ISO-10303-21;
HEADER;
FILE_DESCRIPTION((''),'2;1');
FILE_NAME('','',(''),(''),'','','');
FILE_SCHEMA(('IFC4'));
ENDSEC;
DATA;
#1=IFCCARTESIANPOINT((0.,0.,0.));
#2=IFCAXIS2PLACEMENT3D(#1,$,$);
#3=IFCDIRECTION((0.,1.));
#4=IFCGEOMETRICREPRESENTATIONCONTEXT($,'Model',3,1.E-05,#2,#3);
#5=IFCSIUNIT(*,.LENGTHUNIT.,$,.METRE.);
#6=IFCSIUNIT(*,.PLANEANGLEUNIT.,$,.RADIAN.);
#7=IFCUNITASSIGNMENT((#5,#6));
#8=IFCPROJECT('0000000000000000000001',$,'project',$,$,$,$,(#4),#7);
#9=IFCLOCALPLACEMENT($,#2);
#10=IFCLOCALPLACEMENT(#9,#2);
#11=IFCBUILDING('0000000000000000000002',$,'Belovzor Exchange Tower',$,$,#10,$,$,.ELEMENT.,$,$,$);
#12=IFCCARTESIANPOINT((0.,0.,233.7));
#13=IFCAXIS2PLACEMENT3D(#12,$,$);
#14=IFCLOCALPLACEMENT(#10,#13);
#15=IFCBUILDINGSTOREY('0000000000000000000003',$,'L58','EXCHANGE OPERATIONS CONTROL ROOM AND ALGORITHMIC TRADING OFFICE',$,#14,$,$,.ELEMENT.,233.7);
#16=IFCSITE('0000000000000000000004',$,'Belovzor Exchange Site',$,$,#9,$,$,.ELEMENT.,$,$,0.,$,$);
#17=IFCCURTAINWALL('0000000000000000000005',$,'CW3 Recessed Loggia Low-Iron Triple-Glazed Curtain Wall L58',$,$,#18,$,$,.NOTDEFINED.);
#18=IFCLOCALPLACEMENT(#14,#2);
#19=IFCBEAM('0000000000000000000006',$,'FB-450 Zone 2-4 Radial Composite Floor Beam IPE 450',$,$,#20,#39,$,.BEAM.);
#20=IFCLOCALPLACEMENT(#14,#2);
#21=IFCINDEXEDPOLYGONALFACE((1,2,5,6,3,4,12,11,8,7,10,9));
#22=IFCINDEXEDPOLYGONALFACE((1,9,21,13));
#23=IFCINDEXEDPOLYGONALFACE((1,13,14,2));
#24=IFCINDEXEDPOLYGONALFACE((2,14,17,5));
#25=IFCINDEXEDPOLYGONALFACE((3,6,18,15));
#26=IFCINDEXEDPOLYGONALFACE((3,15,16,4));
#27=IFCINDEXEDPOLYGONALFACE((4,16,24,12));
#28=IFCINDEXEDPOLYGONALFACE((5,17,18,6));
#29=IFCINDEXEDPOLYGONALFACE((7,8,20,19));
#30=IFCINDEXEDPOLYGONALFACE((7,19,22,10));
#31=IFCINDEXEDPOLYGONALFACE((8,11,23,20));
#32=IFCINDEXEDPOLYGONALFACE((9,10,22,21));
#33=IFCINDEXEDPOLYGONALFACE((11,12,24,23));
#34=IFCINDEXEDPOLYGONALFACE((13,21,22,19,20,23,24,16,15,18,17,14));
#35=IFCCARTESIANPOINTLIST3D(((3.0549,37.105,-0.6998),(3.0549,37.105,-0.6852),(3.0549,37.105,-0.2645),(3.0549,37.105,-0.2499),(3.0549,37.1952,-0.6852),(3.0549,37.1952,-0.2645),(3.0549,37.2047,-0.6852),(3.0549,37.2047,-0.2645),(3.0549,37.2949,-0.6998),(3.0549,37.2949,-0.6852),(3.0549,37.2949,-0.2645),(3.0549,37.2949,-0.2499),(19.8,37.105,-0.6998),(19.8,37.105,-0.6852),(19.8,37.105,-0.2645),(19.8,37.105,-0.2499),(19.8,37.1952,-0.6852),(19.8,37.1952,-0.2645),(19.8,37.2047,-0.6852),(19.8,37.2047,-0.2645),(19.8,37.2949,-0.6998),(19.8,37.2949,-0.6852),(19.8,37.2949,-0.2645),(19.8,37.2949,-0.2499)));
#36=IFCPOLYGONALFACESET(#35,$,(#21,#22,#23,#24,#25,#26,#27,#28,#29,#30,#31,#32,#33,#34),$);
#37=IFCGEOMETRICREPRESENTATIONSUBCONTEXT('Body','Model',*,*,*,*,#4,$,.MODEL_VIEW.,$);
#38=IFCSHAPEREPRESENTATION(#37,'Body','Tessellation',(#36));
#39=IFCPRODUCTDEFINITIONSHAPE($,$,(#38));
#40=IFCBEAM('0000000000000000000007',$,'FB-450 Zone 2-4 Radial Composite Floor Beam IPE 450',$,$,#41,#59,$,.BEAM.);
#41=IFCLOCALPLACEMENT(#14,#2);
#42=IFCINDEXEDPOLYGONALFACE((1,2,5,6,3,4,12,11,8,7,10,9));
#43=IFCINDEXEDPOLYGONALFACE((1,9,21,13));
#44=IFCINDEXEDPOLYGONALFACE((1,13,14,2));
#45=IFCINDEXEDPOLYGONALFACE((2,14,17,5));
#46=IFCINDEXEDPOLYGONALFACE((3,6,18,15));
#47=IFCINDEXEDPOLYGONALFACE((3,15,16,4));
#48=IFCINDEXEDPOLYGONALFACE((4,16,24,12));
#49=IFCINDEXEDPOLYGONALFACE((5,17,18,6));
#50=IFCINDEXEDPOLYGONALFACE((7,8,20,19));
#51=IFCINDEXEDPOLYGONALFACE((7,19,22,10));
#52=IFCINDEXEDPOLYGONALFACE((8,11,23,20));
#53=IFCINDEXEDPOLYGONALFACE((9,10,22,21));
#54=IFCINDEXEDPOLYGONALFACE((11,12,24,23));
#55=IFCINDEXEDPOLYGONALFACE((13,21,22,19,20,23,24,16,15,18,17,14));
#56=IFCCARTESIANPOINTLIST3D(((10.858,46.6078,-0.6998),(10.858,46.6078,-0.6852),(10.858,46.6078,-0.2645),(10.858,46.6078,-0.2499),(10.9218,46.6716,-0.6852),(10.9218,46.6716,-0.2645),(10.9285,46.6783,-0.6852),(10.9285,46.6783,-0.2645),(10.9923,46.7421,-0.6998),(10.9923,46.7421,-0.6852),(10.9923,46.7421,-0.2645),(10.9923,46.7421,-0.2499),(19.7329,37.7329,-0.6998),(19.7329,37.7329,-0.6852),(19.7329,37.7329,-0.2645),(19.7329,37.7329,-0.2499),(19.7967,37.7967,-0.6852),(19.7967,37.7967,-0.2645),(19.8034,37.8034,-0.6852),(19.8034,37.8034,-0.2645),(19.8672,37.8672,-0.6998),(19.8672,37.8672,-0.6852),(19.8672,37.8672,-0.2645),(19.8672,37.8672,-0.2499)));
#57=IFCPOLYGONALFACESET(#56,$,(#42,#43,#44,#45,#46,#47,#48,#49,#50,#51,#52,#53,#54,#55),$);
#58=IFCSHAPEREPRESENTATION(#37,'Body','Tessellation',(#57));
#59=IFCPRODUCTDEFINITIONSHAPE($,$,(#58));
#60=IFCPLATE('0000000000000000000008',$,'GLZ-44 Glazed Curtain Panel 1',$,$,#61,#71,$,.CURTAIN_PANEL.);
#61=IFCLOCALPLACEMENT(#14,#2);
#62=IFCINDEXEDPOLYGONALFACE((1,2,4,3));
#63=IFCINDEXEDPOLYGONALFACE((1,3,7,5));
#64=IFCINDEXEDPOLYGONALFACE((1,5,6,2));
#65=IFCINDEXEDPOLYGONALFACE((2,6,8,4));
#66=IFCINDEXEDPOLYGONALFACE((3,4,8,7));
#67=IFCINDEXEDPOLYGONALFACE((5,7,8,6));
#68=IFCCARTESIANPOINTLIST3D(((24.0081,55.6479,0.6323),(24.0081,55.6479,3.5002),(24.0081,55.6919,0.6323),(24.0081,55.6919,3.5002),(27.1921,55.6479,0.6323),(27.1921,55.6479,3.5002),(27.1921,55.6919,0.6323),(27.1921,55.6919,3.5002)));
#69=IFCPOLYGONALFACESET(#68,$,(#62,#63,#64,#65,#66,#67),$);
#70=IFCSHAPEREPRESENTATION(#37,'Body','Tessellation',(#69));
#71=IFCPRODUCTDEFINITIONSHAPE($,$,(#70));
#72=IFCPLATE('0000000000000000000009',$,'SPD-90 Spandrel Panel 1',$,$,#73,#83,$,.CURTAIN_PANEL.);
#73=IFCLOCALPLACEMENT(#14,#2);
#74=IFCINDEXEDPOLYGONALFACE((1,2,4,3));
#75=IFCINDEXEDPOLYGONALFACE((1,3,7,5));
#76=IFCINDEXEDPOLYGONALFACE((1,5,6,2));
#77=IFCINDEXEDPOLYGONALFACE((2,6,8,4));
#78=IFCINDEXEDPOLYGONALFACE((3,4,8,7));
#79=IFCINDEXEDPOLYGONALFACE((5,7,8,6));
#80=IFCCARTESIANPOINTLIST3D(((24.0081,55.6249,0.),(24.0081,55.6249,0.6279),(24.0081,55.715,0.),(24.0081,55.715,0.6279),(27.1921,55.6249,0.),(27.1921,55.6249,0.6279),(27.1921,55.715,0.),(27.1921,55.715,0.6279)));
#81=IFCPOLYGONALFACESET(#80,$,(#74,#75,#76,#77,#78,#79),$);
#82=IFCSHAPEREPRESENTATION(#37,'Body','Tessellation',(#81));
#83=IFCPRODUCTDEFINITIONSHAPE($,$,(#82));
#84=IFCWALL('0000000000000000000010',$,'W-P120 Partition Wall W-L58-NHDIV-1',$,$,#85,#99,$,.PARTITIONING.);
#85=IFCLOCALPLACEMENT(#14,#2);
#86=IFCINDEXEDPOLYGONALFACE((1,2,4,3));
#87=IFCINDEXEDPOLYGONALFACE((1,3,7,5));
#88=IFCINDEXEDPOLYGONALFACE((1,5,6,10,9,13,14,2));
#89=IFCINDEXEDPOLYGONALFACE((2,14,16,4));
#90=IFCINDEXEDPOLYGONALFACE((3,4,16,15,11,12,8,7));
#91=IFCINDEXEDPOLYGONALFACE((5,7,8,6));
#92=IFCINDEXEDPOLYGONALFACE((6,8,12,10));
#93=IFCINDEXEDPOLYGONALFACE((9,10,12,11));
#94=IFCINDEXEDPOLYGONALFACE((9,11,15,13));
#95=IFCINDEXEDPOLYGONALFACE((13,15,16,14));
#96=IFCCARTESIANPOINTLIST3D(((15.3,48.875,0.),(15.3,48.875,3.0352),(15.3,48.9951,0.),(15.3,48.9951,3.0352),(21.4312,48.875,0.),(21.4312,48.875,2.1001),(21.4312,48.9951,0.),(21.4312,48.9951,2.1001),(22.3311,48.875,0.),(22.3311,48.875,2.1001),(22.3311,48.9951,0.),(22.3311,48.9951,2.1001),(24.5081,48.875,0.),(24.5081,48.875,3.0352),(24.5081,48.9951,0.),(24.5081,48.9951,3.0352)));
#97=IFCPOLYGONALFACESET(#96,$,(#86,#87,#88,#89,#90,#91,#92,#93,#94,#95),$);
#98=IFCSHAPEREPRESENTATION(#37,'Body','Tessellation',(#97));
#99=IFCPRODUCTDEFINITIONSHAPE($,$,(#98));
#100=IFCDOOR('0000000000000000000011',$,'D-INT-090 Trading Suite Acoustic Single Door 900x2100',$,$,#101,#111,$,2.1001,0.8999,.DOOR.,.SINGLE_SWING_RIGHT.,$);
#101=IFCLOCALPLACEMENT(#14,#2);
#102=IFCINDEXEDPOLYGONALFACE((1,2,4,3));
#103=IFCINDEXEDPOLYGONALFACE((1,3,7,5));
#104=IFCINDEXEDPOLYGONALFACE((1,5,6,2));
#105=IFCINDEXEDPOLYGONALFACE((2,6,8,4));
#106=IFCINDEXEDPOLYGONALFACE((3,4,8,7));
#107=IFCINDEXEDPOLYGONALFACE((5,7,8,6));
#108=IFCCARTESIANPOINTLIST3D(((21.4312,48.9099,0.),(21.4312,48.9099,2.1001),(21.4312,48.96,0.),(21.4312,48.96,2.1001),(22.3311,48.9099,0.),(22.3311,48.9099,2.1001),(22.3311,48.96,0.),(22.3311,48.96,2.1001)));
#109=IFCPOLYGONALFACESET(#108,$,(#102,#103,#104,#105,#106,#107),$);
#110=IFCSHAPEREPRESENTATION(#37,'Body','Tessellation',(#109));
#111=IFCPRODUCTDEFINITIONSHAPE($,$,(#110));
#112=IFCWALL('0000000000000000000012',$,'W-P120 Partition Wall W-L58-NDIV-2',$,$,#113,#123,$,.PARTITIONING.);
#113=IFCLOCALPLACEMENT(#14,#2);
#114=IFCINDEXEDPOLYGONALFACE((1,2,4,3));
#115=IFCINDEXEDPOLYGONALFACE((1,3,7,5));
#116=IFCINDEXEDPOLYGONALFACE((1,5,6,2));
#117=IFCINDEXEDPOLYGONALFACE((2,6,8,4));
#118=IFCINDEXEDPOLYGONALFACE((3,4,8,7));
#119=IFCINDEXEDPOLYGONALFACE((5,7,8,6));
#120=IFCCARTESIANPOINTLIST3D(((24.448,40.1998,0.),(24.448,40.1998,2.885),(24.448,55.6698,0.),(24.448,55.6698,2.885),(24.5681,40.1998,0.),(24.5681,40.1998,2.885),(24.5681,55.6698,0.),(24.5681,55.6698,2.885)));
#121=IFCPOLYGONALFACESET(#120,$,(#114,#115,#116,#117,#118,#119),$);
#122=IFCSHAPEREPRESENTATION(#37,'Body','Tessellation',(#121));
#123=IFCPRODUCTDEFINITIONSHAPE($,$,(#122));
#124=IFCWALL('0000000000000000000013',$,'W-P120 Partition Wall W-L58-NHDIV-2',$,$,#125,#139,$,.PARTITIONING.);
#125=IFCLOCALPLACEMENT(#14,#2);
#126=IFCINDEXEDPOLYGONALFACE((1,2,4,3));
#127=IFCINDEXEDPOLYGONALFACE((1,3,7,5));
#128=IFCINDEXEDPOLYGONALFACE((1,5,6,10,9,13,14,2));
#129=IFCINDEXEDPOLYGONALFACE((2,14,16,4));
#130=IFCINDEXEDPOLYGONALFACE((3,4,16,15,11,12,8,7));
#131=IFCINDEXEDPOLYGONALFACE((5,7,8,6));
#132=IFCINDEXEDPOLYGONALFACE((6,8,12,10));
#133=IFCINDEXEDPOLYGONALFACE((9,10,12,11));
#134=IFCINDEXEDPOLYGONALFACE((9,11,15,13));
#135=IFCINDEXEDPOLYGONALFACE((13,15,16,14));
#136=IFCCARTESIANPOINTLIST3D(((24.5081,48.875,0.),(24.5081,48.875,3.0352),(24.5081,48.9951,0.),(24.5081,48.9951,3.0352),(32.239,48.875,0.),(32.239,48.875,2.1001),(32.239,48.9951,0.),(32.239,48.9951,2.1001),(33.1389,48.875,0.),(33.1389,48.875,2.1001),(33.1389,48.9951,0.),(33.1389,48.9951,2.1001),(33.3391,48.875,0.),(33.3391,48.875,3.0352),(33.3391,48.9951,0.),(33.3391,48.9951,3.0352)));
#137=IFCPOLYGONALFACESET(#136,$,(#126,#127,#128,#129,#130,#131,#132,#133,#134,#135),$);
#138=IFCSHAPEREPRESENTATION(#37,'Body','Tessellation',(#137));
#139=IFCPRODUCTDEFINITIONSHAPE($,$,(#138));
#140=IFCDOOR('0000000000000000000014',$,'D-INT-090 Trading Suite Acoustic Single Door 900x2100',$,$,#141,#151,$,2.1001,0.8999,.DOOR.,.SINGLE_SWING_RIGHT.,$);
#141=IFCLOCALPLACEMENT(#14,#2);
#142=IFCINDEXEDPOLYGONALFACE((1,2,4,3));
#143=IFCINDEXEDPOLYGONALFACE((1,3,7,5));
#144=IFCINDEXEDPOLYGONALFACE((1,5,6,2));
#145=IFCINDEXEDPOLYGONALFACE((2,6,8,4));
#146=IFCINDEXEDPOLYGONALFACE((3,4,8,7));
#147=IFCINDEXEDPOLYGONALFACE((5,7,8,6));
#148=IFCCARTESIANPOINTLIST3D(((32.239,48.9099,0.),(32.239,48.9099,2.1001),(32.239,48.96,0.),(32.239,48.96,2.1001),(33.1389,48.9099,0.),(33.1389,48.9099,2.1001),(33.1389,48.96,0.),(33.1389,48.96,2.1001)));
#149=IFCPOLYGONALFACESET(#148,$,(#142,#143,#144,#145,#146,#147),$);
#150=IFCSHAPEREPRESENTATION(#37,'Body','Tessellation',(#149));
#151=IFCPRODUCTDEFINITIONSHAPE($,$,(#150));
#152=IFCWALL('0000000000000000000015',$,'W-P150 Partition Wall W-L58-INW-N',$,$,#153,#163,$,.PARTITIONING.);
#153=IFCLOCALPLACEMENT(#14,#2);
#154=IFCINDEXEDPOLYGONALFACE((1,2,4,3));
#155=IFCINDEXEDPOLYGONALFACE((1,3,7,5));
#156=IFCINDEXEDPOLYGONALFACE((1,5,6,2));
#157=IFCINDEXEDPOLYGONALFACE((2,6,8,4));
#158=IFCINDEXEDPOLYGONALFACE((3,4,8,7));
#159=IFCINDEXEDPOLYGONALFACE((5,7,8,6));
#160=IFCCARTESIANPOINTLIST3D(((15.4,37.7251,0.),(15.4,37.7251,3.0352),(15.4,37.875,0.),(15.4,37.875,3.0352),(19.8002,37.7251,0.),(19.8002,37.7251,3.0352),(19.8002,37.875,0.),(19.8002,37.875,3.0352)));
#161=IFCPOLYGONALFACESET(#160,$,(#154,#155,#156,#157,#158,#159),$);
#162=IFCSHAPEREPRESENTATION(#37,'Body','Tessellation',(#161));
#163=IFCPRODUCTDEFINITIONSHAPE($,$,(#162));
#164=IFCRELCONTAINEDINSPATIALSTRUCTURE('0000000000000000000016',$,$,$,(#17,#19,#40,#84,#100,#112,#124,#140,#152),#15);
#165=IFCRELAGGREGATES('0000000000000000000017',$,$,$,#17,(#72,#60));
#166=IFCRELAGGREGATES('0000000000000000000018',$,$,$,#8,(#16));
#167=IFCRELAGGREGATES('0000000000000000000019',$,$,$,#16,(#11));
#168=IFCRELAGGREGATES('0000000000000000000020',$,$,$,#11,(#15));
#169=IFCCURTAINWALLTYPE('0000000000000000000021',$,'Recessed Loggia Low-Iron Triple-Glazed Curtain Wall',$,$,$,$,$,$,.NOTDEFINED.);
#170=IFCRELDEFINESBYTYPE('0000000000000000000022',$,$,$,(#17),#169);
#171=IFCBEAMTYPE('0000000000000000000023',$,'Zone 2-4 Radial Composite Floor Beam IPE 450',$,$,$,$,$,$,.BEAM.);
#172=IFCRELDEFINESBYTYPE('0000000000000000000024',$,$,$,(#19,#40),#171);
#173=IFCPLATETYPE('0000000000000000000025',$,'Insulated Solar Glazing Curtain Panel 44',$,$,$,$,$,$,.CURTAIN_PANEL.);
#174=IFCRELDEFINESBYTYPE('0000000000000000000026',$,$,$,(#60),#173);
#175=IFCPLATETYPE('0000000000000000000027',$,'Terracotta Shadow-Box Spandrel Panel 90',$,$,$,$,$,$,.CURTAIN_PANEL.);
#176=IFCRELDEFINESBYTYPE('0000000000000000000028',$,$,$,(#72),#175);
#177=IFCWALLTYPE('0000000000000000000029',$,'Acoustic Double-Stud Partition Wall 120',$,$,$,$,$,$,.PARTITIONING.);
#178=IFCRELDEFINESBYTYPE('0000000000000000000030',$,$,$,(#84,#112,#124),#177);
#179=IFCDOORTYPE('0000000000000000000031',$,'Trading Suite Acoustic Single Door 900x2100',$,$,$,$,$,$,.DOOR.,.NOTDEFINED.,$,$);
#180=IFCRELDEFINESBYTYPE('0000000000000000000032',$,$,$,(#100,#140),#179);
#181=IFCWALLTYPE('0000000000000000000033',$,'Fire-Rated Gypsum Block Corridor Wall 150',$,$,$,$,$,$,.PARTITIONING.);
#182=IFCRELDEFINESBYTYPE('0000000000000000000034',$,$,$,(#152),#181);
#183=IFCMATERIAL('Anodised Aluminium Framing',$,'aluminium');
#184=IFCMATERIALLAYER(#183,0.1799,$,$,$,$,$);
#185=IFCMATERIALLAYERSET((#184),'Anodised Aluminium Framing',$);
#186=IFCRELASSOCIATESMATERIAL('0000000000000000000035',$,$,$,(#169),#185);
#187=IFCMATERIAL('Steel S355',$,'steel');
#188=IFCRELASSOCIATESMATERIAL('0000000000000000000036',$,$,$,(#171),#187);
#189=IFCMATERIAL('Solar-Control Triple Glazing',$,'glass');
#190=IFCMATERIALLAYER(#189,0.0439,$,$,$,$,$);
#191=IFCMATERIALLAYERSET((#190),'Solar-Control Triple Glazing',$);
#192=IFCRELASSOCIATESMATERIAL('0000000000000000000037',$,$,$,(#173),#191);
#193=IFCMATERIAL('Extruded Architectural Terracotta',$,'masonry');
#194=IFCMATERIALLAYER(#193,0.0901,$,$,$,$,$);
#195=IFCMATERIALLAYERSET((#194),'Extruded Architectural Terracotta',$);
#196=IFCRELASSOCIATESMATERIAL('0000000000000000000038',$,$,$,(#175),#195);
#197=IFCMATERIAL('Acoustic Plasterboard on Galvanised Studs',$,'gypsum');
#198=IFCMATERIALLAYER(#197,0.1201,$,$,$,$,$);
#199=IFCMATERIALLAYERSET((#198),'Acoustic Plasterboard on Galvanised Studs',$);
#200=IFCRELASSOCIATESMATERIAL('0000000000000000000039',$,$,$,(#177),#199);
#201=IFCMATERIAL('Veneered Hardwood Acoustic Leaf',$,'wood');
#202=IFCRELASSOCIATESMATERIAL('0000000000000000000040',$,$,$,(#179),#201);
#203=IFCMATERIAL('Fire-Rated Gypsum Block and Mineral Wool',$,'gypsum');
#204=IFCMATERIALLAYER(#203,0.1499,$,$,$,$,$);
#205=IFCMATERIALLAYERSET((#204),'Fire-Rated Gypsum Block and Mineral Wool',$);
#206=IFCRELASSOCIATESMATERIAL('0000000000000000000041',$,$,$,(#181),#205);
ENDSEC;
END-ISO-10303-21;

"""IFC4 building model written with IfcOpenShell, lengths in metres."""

from ifc_helpers import new_model, si_unit, direction, frame, frame_2d, origin, origin_2d, place, context, subcontext, project, spatial, rectangle, i_section, extrude, material, layer, layer_set, material_profile, profile_set, type_object, element, fill, aggregate, save


model = new_model("IFC4")

# Units and contexts
model_context = context("Model", 3, precision=1e-05, world=origin(), true_north=direction((0.0, 1.0)))
body_context = subcontext(model_context, "Body", "Model", "MODEL_VIEW")
ifc_project = project(units=[si_unit("LENGTHUNIT", "METRE"), si_unit("PLANEANGLEUNIT", "RADIAN")], contexts=[model_context])

# Site, building, storey
site_placement = place(None, origin())
site = spatial("IfcSite", under=ifc_project, at=site_placement, Name="Belovzor Exchange Site", CompositionType="ELEMENT", RefElevation=0.0)
building_placement = place(site_placement, origin())
building = spatial("IfcBuilding", under=site, at=building_placement, Name="Belovzor Exchange Tower", CompositionType="ELEMENT")
storey_placement = place(building_placement, frame((0.0, 0.0, 233.7)))
storey = spatial("IfcBuildingStorey", under=building, at=storey_placement, Name="L58", Description="EXCHANGE OPERATIONS CONTROL ROOM AND ALGORITHMIC TRADING OFFICE", CompositionType="ELEMENT", Elevation=233.7)

# Curtain wall
ifc_material_1 = material(Name="Anodised Aluminium Framing", Category="aluminium")
ifc_layer_1 = layer(ifc_material_1, 0.1799)
ifc_layer_set_1 = layer_set([ifc_layer_1], Name="Anodised Aluminium Framing")
curtain_wall_type = type_object("IfcCurtainWallType", Name="Recessed Loggia Low-Iron Triple-Glazed Curtain Wall", PredefinedType="NOTDEFINED", material=ifc_layer_set_1)
curtain_wall_placement = place(storey_placement, origin())
curtain_wall = element("IfcCurtainWall", 1, at=curtain_wall_placement, inside=storey, type_object=curtain_wall_type, Name="CW3 Recessed Loggia Low-Iron Triple-Glazed Curtain Wall L58", PredefinedType="NOTDEFINED")

# Beams
ifc_material_2 = material(Name="Steel S355", Category="steel")
ifc_material_profile_1 = material_profile(ifc_material_2, i_section(OverallWidth=0.1899, OverallDepth=0.45, WebThickness=0.0095, FlangeThickness=0.0146, at=origin_2d()))
ifc_profile_set_1 = profile_set([ifc_material_profile_1], Name="Steel S355")
beam_type_1 = type_object("IfcBeamType", Name="Zone 2-4 Radial Composite Floor Beam IPE 450", PredefinedType="BEAM", material=ifc_profile_set_1)
beam_1_placement = place(storey_placement, frame((19.8, 37.2, -0.4749), z_axis=(-1.0, 0.0, 0.0), x_axis=(0.0, -1.0, 0.0)))
element("IfcBeam", 2, at=beam_1_placement, inside=storey, type_object=beam_type_1, Name="FB-450 Zone 2-4 Radial Composite Floor Beam IPE 450", PredefinedType="BEAM", context=body_context, shape_type="SweptSolid", body=[
    extrude(i_section(OverallWidth=0.1899, OverallDepth=0.45, WebThickness=0.0095, FlangeThickness=0.0146, at=origin_2d()), origin(), (0.0, 0.0, 1.0), 16.7451),
])
beam_2_placement = place(storey_placement, frame((19.8, 37.8, -0.4749), z_axis=(-0.707107, 0.707107, 0.0), x_axis=(-0.707107, -0.707107, 0.0)))
element("IfcBeam", 3, at=beam_2_placement, inside=storey, type_object=beam_type_1, Name="FB-450 Zone 2-4 Radial Composite Floor Beam IPE 450", PredefinedType="BEAM", context=body_context, shape_type="SweptSolid", body=[
    extrude(i_section(OverallWidth=0.1899, OverallDepth=0.45, WebThickness=0.0095, FlangeThickness=0.0146, at=origin_2d()), origin(), (0.0, 0.0, 1.0), 12.551),
])

# Plates
ifc_material_3 = material(Name="Solar-Control Triple Glazing", Category="glass")
ifc_layer_2 = layer(ifc_material_3, 0.0439)
ifc_layer_set_2 = layer_set([ifc_layer_2], Name="Solar-Control Triple Glazing")
plate_type_1 = type_object("IfcPlateType", Name="Insulated Solar Glazing Curtain Panel 44", PredefinedType="CURTAIN_PANEL", material=ifc_layer_set_2)
plate_1_placement = place(storey_placement, frame((25.6001, 55.6699, 0.6323), z_axis=(0.0, 0.0, 1.0), x_axis=(1.0, 0.0, 0.0)))
plate_1 = element("IfcPlate", 4, at=plate_1_placement, type_object=plate_type_1, Name="GLZ-44 Glazed Curtain Panel 1", PredefinedType="CURTAIN_PANEL", context=body_context, shape_type="SweptSolid", body=[
    extrude(rectangle(XDim=3.1841, YDim=0.0439, at=origin_2d()), origin(), (0.0, 0.0, 1.0), 2.8679),
])
ifc_material_4 = material(Name="Extruded Architectural Terracotta", Category="masonry")
ifc_layer_3 = layer(ifc_material_4, 0.0901)
ifc_layer_set_3 = layer_set([ifc_layer_3], Name="Extruded Architectural Terracotta")
plate_type_2 = type_object("IfcPlateType", Name="Terracotta Shadow-Box Spandrel Panel 90", PredefinedType="CURTAIN_PANEL", material=ifc_layer_set_3)
plate_2_placement = place(storey_placement, frame((25.6001, 55.6699, 0.0), z_axis=(0.0, 0.0, 1.0), x_axis=(1.0, 0.0, 0.0)))
plate_2 = element("IfcPlate", 5, at=plate_2_placement, type_object=plate_type_2, Name="SPD-90 Spandrel Panel 1", PredefinedType="CURTAIN_PANEL", context=body_context, shape_type="SweptSolid", body=[
    extrude(rectangle(XDim=3.1841, YDim=0.0901, at=origin_2d()), origin(), (0.0, 0.0, 1.0), 0.6279),
])
aggregate(curtain_wall, [plate_2, plate_1])

# Wall, opening, door
ifc_material_5 = material(Name="Acoustic Plasterboard on Galvanised Studs", Category="gypsum")
ifc_layer_4 = layer(ifc_material_5, 0.1201)
ifc_layer_set_4 = layer_set([ifc_layer_4], Name="Acoustic Plasterboard on Galvanised Studs")
wall_type_1 = type_object("IfcWallType", Name="Acoustic Double-Stud Partition Wall 120", PredefinedType="PARTITIONING", material=ifc_layer_set_4)
wall_1_placement = place(storey_placement, frame((15.3, 48.9351, 0.0), z_axis=(0.0, 0.0, 1.0), x_axis=(1.0, 0.0, 0.0)))
wall_1 = element("IfcWall", 6, at=wall_1_placement, inside=storey, type_object=wall_type_1, Name="W-P120 Partition Wall W-L58-NHDIV-1", PredefinedType="PARTITIONING", context=body_context, shape_type="SweptSolid", body=[
    extrude(rectangle(XDim=9.208, YDim=0.1201, at=frame_2d((4.604, 0.0))), origin(), (0.0, 0.0, 1.0), 3.0352),
])
opening_1_placement = place(wall_1_placement, frame((6.1311, 0.0, 0.0)))
opening_1 = element("IfcOpeningElement", 7, at=opening_1_placement, cuts=wall_1, PredefinedType="OPENING", context=body_context, shape_type="SweptSolid", body=[
    extrude(rectangle(XDim=0.8999, YDim=2.1001, at=frame_2d((0.45, 1.05))), frame((0.0, 0.0701, 0.0), z_axis=(0.0, -1.0, 0.0), x_axis=(1.0, 0.0, 0.0)), (0.0, 0.0, 1.0), 0.1401),
])
ifc_material_6 = material(Name="Veneered Hardwood Acoustic Leaf", Category="wood")
door_type_1 = type_object("IfcDoorType", Name="Trading Suite Acoustic Single Door 900x2100", OperationType="NOTDEFINED", PredefinedType="DOOR", material=ifc_material_6)
door_1_placement = place(opening_1_placement, origin())
door_1 = element("IfcDoor", 8, at=door_1_placement, inside=storey, type_object=door_type_1, Name="D-INT-090 Trading Suite Acoustic Single Door 900x2100", OperationType="SINGLE_SWING_RIGHT", OverallHeight=2.1001, OverallWidth=0.8999, PredefinedType="DOOR", context=body_context, shape_type="SweptSolid", body=[
    extrude(rectangle(XDim=0.8999, YDim=2.1001, at=frame_2d((0.45, 1.05))), frame((0.0, 0.0249, 0.0), z_axis=(0.0, -1.0, 0.0), x_axis=(1.0, 0.0, 0.0)), (0.0, 0.0, 1.0), 0.05),
])
fill(opening_1, door_1)

# Wall
wall_2_placement = place(storey_placement, frame((24.5081, 40.2, 0.0), z_axis=(0.0, 0.0, 1.0), x_axis=(0.0, 1.0, 0.0)))
element("IfcWall", 9, at=wall_2_placement, inside=storey, type_object=wall_type_1, Name="W-P120 Partition Wall W-L58-NDIV-2", PredefinedType="PARTITIONING", context=body_context, shape_type="SweptSolid", body=[
    extrude(rectangle(XDim=15.47, YDim=0.1201, at=frame_2d((7.7349, 0.0))), origin(), (0.0, 0.0, 1.0), 2.885),
])

# Wall, opening, door
wall_3_placement = place(storey_placement, frame((24.5081, 48.9351, 0.0), z_axis=(0.0, 0.0, 1.0), x_axis=(1.0, 0.0, 0.0)))
wall_3 = element("IfcWall", 10, at=wall_3_placement, inside=storey, type_object=wall_type_1, Name="W-P120 Partition Wall W-L58-NHDIV-2", PredefinedType="PARTITIONING", context=body_context, shape_type="SweptSolid", body=[
    extrude(rectangle(XDim=8.8311, YDim=0.1201, at=frame_2d((4.4155, 0.0))), origin(), (0.0, 0.0, 1.0), 3.0352),
])
opening_2_placement = place(wall_3_placement, frame((7.731, 0.0, 0.0)))
opening_2 = element("IfcOpeningElement", 11, at=opening_2_placement, cuts=wall_3, PredefinedType="OPENING", context=body_context, shape_type="SweptSolid", body=[
    extrude(rectangle(XDim=0.8999, YDim=2.1001, at=frame_2d((0.45, 1.05))), frame((0.0, 0.0701, 0.0), z_axis=(0.0, -1.0, 0.0), x_axis=(1.0, 0.0, 0.0)), (0.0, 0.0, 1.0), 0.1401),
])
door_2_placement = place(opening_2_placement, origin())
door_2 = element("IfcDoor", 12, at=door_2_placement, inside=storey, type_object=door_type_1, Name="D-INT-090 Trading Suite Acoustic Single Door 900x2100", OperationType="SINGLE_SWING_RIGHT", OverallHeight=2.1001, OverallWidth=0.8999, PredefinedType="DOOR", context=body_context, shape_type="SweptSolid", body=[
    extrude(rectangle(XDim=0.8999, YDim=2.1001, at=frame_2d((0.45, 1.05))), frame((0.0, 0.0249, 0.0), z_axis=(0.0, -1.0, 0.0), x_axis=(1.0, 0.0, 0.0)), (0.0, 0.0, 1.0), 0.05),
])
fill(opening_2, door_2)

# Wall
ifc_material_7 = material(Name="Fire-Rated Gypsum Block and Mineral Wool", Category="gypsum")
ifc_layer_5 = layer(ifc_material_7, 0.1499)
ifc_layer_set_5 = layer_set([ifc_layer_5], Name="Fire-Rated Gypsum Block and Mineral Wool")
wall_type_2 = type_object("IfcWallType", Name="Fire-Rated Gypsum Block Corridor Wall 150", PredefinedType="PARTITIONING", material=ifc_layer_set_5)
wall_4_placement = place(storey_placement, frame((15.3999, 37.8, 0.0), z_axis=(0.0, 0.0, 1.0), x_axis=(1.0, 0.0, 0.0)))
element("IfcWall", 13, at=wall_4_placement, inside=storey, type_object=wall_type_2, Name="W-P150 Partition Wall W-L58-INW-N", PredefinedType="PARTITIONING", context=body_context, shape_type="SweptSolid", body=[
    extrude(rectangle(XDim=4.4001, YDim=0.1499, at=frame_2d((2.2002, 0.0))), origin(), (0.0, 0.0, 1.0), 3.0352),
])

save(model, "model.ifc")
